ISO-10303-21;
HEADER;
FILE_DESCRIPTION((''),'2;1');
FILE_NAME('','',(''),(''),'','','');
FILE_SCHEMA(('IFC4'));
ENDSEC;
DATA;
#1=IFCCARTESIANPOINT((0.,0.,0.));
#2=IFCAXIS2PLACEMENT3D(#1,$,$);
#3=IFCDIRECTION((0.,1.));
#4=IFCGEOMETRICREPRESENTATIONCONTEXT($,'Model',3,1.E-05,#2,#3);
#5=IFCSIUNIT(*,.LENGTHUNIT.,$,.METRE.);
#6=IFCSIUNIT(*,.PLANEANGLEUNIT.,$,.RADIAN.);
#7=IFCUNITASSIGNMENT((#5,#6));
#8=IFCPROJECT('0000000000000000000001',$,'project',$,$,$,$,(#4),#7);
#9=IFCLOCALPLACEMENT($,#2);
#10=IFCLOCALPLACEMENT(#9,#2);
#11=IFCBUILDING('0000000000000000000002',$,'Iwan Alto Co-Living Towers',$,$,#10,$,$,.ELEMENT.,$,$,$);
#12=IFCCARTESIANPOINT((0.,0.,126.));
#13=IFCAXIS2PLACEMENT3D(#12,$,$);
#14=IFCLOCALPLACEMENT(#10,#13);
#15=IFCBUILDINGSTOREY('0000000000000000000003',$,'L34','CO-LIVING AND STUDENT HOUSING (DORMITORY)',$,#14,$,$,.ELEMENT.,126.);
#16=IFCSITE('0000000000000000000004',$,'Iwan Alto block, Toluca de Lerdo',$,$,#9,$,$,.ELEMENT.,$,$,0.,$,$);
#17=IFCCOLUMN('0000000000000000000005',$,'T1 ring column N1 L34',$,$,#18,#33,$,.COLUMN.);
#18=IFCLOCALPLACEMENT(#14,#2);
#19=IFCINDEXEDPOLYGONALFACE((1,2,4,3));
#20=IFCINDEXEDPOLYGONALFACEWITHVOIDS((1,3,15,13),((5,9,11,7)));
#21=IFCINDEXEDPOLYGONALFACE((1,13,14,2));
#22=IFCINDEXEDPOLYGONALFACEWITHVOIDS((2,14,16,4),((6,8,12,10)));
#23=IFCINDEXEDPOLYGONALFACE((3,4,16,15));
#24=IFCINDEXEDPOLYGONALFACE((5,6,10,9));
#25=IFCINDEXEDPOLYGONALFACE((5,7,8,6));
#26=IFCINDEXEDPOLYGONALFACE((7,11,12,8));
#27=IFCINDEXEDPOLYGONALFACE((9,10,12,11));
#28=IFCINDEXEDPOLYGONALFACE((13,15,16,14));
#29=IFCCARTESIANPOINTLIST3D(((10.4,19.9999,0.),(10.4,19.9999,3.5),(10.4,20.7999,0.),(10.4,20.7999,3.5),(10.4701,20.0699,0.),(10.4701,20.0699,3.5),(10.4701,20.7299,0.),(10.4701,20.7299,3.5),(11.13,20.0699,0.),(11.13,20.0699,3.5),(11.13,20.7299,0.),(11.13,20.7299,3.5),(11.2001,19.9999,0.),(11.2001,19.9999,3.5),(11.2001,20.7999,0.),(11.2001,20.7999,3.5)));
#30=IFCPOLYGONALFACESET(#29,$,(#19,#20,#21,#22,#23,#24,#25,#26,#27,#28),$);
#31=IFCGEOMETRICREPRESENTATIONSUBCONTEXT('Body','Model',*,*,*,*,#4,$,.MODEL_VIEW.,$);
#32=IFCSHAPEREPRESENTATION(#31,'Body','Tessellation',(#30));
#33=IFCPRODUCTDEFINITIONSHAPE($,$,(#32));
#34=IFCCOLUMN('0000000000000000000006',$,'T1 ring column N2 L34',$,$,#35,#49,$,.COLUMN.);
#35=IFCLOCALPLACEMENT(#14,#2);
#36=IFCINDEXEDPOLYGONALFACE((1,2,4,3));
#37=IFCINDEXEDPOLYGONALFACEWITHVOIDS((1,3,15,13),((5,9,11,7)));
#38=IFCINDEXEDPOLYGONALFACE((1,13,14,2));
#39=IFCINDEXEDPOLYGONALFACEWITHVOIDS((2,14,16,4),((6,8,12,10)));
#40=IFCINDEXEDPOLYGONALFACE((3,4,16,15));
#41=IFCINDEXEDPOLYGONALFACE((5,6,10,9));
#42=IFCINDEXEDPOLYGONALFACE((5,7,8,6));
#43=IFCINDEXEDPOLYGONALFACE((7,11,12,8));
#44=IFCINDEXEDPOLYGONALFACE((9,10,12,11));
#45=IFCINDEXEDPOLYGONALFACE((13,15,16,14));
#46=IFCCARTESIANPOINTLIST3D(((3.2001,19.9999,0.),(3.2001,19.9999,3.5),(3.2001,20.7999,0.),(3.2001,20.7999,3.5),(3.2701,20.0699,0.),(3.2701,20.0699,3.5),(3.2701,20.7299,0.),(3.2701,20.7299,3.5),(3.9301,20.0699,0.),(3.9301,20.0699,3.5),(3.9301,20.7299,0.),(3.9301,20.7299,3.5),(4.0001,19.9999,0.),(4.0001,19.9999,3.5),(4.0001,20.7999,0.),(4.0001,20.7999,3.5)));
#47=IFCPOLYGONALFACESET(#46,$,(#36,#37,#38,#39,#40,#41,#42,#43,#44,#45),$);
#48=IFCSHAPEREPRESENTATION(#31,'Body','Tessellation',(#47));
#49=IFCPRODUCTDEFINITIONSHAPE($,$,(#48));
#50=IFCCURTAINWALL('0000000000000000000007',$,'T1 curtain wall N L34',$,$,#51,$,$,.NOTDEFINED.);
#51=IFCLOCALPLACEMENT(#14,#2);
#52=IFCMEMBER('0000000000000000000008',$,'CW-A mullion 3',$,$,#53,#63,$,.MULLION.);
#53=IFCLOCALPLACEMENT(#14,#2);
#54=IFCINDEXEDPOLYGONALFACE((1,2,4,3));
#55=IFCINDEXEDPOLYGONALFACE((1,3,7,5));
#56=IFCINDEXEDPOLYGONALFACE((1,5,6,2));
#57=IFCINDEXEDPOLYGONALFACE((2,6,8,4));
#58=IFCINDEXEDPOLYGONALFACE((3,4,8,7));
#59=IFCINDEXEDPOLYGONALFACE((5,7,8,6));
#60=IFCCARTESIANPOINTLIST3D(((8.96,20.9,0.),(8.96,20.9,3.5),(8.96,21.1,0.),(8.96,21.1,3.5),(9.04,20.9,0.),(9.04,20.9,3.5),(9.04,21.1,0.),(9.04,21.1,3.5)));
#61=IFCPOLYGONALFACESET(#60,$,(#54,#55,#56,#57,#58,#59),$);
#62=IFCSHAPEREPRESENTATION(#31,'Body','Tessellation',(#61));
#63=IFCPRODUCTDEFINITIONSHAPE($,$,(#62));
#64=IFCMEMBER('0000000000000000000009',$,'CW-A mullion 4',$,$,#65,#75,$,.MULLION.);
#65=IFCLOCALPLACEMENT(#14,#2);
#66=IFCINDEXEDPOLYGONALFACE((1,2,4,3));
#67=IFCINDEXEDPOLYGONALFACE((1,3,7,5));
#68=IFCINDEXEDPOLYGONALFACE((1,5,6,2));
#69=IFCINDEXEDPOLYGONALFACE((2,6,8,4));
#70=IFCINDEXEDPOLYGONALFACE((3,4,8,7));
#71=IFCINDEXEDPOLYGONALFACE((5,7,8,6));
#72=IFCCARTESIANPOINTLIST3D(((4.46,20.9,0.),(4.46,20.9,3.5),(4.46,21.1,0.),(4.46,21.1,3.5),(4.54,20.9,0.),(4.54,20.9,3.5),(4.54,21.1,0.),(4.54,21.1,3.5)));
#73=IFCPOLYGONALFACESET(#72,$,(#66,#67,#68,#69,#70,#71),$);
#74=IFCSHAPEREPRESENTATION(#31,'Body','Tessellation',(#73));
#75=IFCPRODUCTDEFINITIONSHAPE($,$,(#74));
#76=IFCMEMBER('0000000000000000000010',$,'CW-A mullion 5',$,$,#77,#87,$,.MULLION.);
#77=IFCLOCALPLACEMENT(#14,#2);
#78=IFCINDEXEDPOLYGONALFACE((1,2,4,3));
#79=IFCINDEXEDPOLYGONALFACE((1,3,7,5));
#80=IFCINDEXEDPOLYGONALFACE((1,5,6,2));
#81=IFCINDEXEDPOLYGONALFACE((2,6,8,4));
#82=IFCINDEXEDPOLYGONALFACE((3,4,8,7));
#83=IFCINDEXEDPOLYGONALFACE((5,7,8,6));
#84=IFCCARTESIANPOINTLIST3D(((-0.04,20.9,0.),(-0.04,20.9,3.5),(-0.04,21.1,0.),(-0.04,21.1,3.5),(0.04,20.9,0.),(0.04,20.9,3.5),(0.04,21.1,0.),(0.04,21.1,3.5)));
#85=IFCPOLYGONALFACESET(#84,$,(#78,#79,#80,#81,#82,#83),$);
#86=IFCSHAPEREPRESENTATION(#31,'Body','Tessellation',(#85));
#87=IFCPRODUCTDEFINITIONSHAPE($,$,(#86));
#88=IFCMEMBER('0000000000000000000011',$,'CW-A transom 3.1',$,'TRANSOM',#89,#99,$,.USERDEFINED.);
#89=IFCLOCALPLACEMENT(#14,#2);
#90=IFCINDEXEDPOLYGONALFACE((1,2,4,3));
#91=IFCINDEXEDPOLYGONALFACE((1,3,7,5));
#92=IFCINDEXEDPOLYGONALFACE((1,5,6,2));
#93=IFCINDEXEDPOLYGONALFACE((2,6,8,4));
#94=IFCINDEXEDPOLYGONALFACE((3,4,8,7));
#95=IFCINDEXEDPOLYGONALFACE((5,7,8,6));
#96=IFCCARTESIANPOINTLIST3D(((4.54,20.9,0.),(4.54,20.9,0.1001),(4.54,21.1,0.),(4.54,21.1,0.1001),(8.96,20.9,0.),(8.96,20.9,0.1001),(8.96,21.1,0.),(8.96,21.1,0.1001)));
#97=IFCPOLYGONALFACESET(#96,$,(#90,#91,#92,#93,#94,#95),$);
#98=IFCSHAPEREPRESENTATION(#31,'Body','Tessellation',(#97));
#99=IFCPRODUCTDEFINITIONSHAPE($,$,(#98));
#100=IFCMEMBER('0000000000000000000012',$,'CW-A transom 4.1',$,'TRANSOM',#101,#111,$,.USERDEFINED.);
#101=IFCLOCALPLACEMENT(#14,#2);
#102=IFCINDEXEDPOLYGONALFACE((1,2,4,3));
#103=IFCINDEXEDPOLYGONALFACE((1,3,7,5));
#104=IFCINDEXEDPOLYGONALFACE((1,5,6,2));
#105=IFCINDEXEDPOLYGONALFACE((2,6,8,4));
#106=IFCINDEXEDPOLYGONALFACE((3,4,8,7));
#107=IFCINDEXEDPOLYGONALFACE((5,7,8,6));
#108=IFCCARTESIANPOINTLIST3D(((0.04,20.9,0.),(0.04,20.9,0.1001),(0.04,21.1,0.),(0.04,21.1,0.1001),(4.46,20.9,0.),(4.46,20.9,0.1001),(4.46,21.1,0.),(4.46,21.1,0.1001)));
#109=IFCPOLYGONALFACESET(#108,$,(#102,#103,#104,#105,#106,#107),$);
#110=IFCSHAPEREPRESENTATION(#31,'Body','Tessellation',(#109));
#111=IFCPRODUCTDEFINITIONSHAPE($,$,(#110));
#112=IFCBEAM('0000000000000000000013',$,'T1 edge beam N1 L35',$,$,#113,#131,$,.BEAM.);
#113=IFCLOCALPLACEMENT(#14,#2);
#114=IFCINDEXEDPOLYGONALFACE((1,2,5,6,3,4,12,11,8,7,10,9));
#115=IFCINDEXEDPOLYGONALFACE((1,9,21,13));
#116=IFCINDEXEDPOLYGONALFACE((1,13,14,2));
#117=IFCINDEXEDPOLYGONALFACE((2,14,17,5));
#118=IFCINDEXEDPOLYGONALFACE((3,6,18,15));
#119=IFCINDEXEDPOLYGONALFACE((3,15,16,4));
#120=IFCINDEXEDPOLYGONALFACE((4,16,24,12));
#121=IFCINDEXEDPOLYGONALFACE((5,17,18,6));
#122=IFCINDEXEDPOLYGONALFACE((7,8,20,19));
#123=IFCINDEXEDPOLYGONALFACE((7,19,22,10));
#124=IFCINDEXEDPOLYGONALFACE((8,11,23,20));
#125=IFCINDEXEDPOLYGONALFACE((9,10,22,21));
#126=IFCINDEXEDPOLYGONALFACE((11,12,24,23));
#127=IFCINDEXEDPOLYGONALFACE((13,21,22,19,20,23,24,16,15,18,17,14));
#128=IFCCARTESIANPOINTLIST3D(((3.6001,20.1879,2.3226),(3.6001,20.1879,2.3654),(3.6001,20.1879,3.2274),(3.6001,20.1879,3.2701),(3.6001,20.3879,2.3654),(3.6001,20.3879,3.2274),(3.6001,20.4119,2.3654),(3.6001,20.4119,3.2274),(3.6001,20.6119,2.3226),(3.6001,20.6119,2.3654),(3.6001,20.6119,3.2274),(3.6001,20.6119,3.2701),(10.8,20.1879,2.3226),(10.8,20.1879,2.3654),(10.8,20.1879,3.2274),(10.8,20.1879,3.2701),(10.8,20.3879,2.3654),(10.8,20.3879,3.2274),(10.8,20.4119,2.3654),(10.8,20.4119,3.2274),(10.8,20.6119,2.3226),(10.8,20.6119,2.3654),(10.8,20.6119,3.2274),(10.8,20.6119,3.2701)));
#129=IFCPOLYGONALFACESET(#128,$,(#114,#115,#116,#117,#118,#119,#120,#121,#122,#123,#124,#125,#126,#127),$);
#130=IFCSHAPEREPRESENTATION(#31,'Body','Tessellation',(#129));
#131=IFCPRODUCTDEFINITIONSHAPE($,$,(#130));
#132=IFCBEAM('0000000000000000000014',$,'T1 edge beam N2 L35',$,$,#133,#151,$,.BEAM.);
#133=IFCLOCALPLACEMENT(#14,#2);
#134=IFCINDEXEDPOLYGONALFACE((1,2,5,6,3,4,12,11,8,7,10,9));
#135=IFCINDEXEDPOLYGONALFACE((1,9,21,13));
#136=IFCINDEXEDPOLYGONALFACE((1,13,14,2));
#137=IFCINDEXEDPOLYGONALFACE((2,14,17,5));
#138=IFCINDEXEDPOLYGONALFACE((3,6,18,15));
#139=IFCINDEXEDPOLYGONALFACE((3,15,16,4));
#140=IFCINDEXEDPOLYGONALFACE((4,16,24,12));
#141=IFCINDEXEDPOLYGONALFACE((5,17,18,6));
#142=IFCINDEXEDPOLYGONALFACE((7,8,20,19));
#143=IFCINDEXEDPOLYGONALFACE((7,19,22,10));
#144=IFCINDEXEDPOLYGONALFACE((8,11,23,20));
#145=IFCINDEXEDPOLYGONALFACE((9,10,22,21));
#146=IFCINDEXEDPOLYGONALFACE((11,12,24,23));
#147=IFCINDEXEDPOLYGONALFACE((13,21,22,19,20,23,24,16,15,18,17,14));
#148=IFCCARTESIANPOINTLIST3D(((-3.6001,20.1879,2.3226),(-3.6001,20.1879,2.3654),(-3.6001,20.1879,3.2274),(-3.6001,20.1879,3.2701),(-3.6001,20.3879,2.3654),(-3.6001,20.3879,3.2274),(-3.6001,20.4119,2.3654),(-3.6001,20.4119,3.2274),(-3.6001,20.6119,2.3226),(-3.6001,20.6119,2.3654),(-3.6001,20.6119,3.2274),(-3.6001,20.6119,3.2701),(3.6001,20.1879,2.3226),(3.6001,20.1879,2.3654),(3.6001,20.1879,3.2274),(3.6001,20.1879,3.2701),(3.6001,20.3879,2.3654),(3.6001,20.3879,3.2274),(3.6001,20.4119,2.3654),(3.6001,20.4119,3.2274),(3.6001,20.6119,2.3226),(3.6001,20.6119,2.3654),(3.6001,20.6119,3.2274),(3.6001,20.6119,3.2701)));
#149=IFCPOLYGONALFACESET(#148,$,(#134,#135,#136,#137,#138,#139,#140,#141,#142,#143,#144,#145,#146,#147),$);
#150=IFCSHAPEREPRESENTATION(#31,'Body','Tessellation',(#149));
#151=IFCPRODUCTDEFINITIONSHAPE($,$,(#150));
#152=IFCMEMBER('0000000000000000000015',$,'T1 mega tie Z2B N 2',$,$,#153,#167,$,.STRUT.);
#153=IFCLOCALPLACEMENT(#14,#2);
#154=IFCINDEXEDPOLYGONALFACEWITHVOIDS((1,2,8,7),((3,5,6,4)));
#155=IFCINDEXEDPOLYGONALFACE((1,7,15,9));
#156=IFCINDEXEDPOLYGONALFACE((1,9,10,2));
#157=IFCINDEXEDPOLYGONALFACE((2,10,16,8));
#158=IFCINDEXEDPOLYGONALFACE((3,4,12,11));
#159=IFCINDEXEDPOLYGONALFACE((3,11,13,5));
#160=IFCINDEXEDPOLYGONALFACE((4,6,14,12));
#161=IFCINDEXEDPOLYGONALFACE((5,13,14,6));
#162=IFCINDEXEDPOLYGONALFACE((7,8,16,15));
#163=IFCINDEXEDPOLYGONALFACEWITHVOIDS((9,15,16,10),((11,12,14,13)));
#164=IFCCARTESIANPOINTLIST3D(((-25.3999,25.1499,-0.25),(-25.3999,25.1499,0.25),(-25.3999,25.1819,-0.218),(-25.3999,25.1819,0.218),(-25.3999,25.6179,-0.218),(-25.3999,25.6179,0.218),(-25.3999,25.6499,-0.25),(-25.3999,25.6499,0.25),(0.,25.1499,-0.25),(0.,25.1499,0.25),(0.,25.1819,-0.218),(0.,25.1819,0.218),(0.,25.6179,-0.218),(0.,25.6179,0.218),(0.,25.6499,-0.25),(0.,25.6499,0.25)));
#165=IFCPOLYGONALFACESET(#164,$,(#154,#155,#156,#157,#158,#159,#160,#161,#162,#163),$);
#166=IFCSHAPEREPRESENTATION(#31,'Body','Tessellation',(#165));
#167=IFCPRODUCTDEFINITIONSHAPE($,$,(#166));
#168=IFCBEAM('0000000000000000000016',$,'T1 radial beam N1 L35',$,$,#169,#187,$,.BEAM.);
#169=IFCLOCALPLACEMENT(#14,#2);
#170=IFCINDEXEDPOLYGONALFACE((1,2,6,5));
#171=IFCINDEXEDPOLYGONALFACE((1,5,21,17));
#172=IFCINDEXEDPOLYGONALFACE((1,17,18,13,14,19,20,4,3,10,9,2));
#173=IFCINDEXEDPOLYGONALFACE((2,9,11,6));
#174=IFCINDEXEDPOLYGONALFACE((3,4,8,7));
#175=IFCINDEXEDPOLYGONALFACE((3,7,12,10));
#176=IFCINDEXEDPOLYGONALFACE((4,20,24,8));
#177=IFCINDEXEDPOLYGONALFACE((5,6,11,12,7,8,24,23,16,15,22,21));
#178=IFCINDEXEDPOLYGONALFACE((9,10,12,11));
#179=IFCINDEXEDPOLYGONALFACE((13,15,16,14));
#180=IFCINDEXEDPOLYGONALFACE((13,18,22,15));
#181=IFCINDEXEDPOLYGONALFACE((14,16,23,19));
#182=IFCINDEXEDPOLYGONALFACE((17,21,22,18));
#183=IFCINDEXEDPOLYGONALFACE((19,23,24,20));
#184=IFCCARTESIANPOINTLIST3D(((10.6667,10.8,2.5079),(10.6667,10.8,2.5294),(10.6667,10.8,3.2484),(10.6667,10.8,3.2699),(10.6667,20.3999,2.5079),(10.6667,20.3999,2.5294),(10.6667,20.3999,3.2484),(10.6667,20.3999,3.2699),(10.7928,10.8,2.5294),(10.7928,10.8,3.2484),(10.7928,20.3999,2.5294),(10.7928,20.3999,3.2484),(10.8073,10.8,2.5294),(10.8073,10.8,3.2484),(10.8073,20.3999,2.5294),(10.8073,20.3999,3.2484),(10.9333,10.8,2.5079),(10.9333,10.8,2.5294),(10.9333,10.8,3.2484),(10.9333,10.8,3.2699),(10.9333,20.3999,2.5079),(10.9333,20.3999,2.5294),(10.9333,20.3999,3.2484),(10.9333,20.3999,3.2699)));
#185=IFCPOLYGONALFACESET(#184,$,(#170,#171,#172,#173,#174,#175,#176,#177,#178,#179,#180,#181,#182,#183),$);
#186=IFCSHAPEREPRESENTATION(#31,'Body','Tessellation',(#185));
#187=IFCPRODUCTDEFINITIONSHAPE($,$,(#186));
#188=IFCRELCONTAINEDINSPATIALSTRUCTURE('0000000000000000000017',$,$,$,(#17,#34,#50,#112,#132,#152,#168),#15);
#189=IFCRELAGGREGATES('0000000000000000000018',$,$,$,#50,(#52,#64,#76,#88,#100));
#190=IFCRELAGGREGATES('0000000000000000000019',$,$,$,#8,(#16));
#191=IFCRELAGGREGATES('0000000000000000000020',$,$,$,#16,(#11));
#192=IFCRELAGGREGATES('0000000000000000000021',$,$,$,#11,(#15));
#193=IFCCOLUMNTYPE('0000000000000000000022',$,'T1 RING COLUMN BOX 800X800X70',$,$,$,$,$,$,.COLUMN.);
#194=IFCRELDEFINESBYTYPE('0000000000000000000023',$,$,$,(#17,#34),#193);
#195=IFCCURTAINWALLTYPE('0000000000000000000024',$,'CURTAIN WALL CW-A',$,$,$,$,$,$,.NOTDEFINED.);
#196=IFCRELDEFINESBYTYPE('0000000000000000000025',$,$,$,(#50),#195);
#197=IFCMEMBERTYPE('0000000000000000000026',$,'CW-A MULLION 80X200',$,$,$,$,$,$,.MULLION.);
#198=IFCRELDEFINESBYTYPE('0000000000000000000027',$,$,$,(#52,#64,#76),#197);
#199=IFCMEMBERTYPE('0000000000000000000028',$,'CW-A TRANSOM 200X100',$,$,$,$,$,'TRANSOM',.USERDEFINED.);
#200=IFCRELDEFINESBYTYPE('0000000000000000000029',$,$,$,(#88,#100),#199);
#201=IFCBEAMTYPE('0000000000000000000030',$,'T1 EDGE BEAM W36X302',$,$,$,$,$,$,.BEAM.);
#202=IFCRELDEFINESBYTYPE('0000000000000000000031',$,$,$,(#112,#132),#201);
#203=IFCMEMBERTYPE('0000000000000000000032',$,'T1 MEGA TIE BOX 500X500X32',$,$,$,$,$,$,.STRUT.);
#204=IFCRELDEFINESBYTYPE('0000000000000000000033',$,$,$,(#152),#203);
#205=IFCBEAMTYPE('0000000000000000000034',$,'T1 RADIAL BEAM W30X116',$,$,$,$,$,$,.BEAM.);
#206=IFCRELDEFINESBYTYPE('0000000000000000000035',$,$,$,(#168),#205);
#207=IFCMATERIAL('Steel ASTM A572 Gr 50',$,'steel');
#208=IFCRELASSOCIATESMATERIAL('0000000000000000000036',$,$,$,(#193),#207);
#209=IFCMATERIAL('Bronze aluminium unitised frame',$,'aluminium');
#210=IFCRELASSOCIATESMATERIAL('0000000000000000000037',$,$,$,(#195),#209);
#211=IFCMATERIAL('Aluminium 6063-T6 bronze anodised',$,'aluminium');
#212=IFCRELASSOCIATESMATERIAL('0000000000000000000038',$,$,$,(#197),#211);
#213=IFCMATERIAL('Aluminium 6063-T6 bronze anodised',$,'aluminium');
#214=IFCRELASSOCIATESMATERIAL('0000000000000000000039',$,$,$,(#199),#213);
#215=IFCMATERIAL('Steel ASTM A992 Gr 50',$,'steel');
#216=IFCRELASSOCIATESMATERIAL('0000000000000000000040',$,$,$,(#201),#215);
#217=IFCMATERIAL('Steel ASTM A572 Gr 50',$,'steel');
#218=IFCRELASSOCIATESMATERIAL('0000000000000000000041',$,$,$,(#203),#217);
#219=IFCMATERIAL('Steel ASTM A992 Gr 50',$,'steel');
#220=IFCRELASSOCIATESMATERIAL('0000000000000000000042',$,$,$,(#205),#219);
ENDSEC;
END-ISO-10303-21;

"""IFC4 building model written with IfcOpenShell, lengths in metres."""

from ifc_helpers import new_model, si_unit, direction, frame, origin, origin_2d, place, context, subcontext, project, spatial, rectangle, hollow_rectangle, i_section, extrude, material, material_profile, profile_set, type_object, element, aggregate, save


model = new_model("IFC4")

# Units and contexts
model_context = context("Model", 3, precision=1e-05, world=origin(), true_north=direction((0.0, 1.0)))
body_context = subcontext(model_context, "Body", "Model", "MODEL_VIEW")
ifc_project = project(units=[si_unit("LENGTHUNIT", "METRE"), si_unit("PLANEANGLEUNIT", "RADIAN")], contexts=[model_context])

# Site, building, storey
site_placement = place(None, origin())
site = spatial("IfcSite", under=ifc_project, at=site_placement, Name="Iwan Alto block, Toluca de Lerdo", CompositionType="ELEMENT", RefElevation=0.0)
building_placement = place(site_placement, origin())
building = spatial("IfcBuilding", under=site, at=building_placement, Name="Iwan Alto Co-Living Towers", CompositionType="ELEMENT")
storey_placement = place(building_placement, frame((0.0, 0.0, 126.0)))
storey = spatial("IfcBuildingStorey", under=building, at=storey_placement, Name="L34", Description="CO-LIVING AND STUDENT HOUSING (DORMITORY)", CompositionType="ELEMENT", Elevation=126.0)

# Columns
ifc_material_1 = material(Name="Steel ASTM A572 Gr 50", Category="steel")
ifc_material_profile_1 = material_profile(ifc_material_1, hollow_rectangle(XDim=0.8, YDim=0.8, WallThickness=0.0701, at=origin_2d()), Name="BOX 800X800X70")
ifc_profile_set_1 = profile_set([ifc_material_profile_1], Name="Steel ASTM A572 Gr 50")
column_type = type_object("IfcColumnType", Name="T1 RING COLUMN BOX 800X800X70", PredefinedType="COLUMN", material=ifc_profile_set_1)
for number, where, z_axis, x_axis, name in (
    (1, (10.8, 20.3999, 0.0), (0.0, 0.0, 1.0), (1.0, 0.0, 0.0), "T1 ring column N1 L34"),
    (2, (3.6001, 20.3999, 0.0), (0.0, 0.0, 1.0), (1.0, 0.0, 0.0), "T1 ring column N2 L34"),
):
    element("IfcColumn", number, at=place(storey_placement, frame(where, z_axis=z_axis, x_axis=x_axis)), inside=storey, type_object=column_type, Name=name, PredefinedType="COLUMN", context=body_context, shape_type="SweptSolid", body=[
        extrude(hollow_rectangle(XDim=0.8, YDim=0.8, WallThickness=0.0701, at=origin_2d()), origin(), (0.0, 0.0, 1.0), 3.5),
    ])

# Curtain wall, members
ifc_material_2 = material(Name="Bronze aluminium unitised frame", Category="aluminium")
curtain_wall_type = type_object("IfcCurtainWallType", Name="CURTAIN WALL CW-A", PredefinedType="NOTDEFINED", material=ifc_material_2)
curtain_wall_placement = place(storey_placement, origin())
curtain_wall = element("IfcCurtainWall", 3, at=curtain_wall_placement, inside=storey, type_object=curtain_wall_type, Name="T1 curtain wall N L34", PredefinedType="NOTDEFINED")
ifc_material_3 = material(Name="Aluminium 6063-T6 bronze anodised", Category="aluminium")
ifc_material_profile_2 = material_profile(ifc_material_3, rectangle(XDim=0.2, YDim=0.0801, at=origin_2d()), Name="AL 80X200")
ifc_profile_set_2 = profile_set([ifc_material_profile_2], Name="Aluminium 6063-T6 bronze anodised")
member_type_1 = type_object("IfcMemberType", Name="CW-A MULLION 80X200", PredefinedType="MULLION", material=ifc_profile_set_2)
member_1_placement = place(storey_placement, frame((9.0, 21.0, 0.0), z_axis=(0.0, 0.0, 1.0), x_axis=(0.0, -1.0, 0.0)))
member_1 = element("IfcMember", 4, at=member_1_placement, type_object=member_type_1, Name="CW-A mullion 3", PredefinedType="MULLION", context=body_context, shape_type="SweptSolid", body=[
    extrude(rectangle(XDim=0.2, YDim=0.0801, at=origin_2d()), origin(), (0.0, 0.0, 1.0), 3.5),
])
member_2_placement = place(storey_placement, frame((4.5, 21.0, 0.0), z_axis=(0.0, 0.0, 1.0), x_axis=(0.0, -1.0, 0.0)))
member_2 = element("IfcMember", 5, at=member_2_placement, type_object=member_type_1, Name="CW-A mullion 4", PredefinedType="MULLION", context=body_context, shape_type="SweptSolid", body=[
    extrude(rectangle(XDim=0.2, YDim=0.0801, at=origin_2d()), origin(), (0.0, 0.0, 1.0), 3.5),
])
member_3_placement = place(storey_placement, frame((0.0, 21.0, 0.0), z_axis=(0.0, 0.0, 1.0), x_axis=(0.0, -1.0, 0.0)))
member_3 = element("IfcMember", 6, at=member_3_placement, type_object=member_type_1, Name="CW-A mullion 5", PredefinedType="MULLION", context=body_context, shape_type="SweptSolid", body=[
    extrude(rectangle(XDim=0.2, YDim=0.0801, at=origin_2d()), origin(), (0.0, 0.0, 1.0), 3.5),
])
ifc_material_4 = material(Name="Aluminium 6063-T6 bronze anodised", Category="aluminium")
ifc_material_profile_3 = material_profile(ifc_material_4, rectangle(XDim=0.2, YDim=0.1001, at=origin_2d()), Name="AL 200X100")
ifc_profile_set_3 = profile_set([ifc_material_profile_3], Name="Aluminium 6063-T6 bronze anodised")
member_type_2 = type_object("IfcMemberType", Name="CW-A TRANSOM 200X100", ElementType="TRANSOM", PredefinedType="USERDEFINED", material=ifc_profile_set_3)
member_4_placement = place(storey_placement, frame((8.96, 21.0, 0.05), z_axis=(-1.0, 0.0, 0.0), x_axis=(0.0, -1.0, 0.0)))
member_4 = element("IfcMember", 7, at=member_4_placement, type_object=member_type_2, Name="CW-A transom 3.1", ObjectType="TRANSOM", PredefinedType="USERDEFINED", context=body_context, shape_type="SweptSolid", body=[
    extrude(rectangle(XDim=0.2, YDim=0.1001, at=origin_2d()), origin(), (0.0, 0.0, 1.0), 4.4199),
])
member_5_placement = place(storey_placement, frame((4.46, 21.0, 0.05), z_axis=(-1.0, 0.0, 0.0), x_axis=(0.0, -1.0, 0.0)))
member_5 = element("IfcMember", 8, at=member_5_placement, type_object=member_type_2, Name="CW-A transom 4.1", ObjectType="TRANSOM", PredefinedType="USERDEFINED", context=body_context, shape_type="SweptSolid", body=[
    extrude(rectangle(XDim=0.2, YDim=0.1001, at=origin_2d()), origin(), (0.0, 0.0, 1.0), 4.4199),
])

# Beams
ifc_material_5 = material(Name="Steel ASTM A992 Gr 50", Category="steel")
ifc_material_profile_4 = material_profile(ifc_material_5, i_section(OverallWidth=0.4241, OverallDepth=0.9475, WebThickness=0.0239, FlangeThickness=0.0427, at=origin_2d()), Name="W36X302")
ifc_profile_set_4 = profile_set([ifc_material_profile_4], Name="Steel ASTM A992 Gr 50")
beam_type_1 = type_object("IfcBeamType", Name="T1 EDGE BEAM W36X302", PredefinedType="BEAM", material=ifc_profile_set_4)
beam_1_placement = place(storey_placement, frame((10.8, 20.3999, 2.7964), z_axis=(-1.0, 0.0, 0.0), x_axis=(0.0, -1.0, 0.0)))
element("IfcBeam", 9, at=beam_1_placement, inside=storey, type_object=beam_type_1, Name="T1 edge beam N1 L35", PredefinedType="BEAM", context=body_context, shape_type="SweptSolid", body=[
    extrude(i_section(OverallWidth=0.4241, OverallDepth=0.9475, WebThickness=0.0239, FlangeThickness=0.0427, at=origin_2d()), origin(), (0.0, 0.0, 1.0), 7.2),
])
beam_2_placement = place(storey_placement, frame((3.6001, 20.3999, 2.7964), z_axis=(-1.0, 0.0, 0.0), x_axis=(0.0, -1.0, 0.0)))
element("IfcBeam", 10, at=beam_2_placement, inside=storey, type_object=beam_type_1, Name="T1 edge beam N2 L35", PredefinedType="BEAM", context=body_context, shape_type="SweptSolid", body=[
    extrude(i_section(OverallWidth=0.4241, OverallDepth=0.9475, WebThickness=0.0239, FlangeThickness=0.0427, at=origin_2d()), origin(), (0.0, 0.0, 1.0), 7.2002),
])

# Member
ifc_material_6 = material(Name="Steel ASTM A572 Gr 50", Category="steel")
ifc_material_profile_5 = material_profile(ifc_material_6, hollow_rectangle(XDim=0.5, YDim=0.5, WallThickness=0.032, at=origin_2d()), Name="BOX 500X500X32")
ifc_profile_set_5 = profile_set([ifc_material_profile_5], Name="Steel ASTM A572 Gr 50")
member_type_3 = type_object("IfcMemberType", Name="T1 MEGA TIE BOX 500X500X32", PredefinedType="STRUT", material=ifc_profile_set_5)
member_6_placement = place(storey_placement, frame((0.0, 25.3999, 0.0), z_axis=(-1.0, 0.0, 0.0), x_axis=(0.0, -1.0, 0.0)))
element("IfcMember", 11, at=member_6_placement, inside=storey, type_object=member_type_3, Name="T1 mega tie Z2B N 2", PredefinedType="STRUT", context=body_context, shape_type="SweptSolid", body=[
    extrude(hollow_rectangle(XDim=0.5, YDim=0.5, WallThickness=0.032, at=origin_2d()), origin(), (0.0, 0.0, 1.0), 25.3999),
])

# Beam
ifc_material_7 = material(Name="Steel ASTM A992 Gr 50", Category="steel")
ifc_material_profile_6 = material_profile(ifc_material_7, i_section(OverallWidth=0.2666, OverallDepth=0.762, WebThickness=0.0144, FlangeThickness=0.0215, at=origin_2d()), Name="W30X116")
ifc_profile_set_6 = profile_set([ifc_material_profile_6], Name="Steel ASTM A992 Gr 50")
beam_type_2 = type_object("IfcBeamType", Name="T1 RADIAL BEAM W30X116", PredefinedType="BEAM", material=ifc_profile_set_6)
beam_3_placement = place(storey_placement, frame((10.8, 20.3999, 2.8889), z_axis=(0.0, -1.0, 0.0), x_axis=(1.0, 0.0, 0.0)))
element("IfcBeam", 12, at=beam_3_placement, inside=storey, type_object=beam_type_2, Name="T1 radial beam N1 L35", PredefinedType="BEAM", context=body_context, shape_type="SweptSolid", body=[
    extrude(i_section(OverallWidth=0.2666, OverallDepth=0.762, WebThickness=0.0144, FlangeThickness=0.0215, at=origin_2d()), origin(), (0.0, 0.0, 1.0), 9.5999),
])

aggregate(curtain_wall, [member_1, member_2, member_3, member_4, member_5])

save(model, "model.ifc")
